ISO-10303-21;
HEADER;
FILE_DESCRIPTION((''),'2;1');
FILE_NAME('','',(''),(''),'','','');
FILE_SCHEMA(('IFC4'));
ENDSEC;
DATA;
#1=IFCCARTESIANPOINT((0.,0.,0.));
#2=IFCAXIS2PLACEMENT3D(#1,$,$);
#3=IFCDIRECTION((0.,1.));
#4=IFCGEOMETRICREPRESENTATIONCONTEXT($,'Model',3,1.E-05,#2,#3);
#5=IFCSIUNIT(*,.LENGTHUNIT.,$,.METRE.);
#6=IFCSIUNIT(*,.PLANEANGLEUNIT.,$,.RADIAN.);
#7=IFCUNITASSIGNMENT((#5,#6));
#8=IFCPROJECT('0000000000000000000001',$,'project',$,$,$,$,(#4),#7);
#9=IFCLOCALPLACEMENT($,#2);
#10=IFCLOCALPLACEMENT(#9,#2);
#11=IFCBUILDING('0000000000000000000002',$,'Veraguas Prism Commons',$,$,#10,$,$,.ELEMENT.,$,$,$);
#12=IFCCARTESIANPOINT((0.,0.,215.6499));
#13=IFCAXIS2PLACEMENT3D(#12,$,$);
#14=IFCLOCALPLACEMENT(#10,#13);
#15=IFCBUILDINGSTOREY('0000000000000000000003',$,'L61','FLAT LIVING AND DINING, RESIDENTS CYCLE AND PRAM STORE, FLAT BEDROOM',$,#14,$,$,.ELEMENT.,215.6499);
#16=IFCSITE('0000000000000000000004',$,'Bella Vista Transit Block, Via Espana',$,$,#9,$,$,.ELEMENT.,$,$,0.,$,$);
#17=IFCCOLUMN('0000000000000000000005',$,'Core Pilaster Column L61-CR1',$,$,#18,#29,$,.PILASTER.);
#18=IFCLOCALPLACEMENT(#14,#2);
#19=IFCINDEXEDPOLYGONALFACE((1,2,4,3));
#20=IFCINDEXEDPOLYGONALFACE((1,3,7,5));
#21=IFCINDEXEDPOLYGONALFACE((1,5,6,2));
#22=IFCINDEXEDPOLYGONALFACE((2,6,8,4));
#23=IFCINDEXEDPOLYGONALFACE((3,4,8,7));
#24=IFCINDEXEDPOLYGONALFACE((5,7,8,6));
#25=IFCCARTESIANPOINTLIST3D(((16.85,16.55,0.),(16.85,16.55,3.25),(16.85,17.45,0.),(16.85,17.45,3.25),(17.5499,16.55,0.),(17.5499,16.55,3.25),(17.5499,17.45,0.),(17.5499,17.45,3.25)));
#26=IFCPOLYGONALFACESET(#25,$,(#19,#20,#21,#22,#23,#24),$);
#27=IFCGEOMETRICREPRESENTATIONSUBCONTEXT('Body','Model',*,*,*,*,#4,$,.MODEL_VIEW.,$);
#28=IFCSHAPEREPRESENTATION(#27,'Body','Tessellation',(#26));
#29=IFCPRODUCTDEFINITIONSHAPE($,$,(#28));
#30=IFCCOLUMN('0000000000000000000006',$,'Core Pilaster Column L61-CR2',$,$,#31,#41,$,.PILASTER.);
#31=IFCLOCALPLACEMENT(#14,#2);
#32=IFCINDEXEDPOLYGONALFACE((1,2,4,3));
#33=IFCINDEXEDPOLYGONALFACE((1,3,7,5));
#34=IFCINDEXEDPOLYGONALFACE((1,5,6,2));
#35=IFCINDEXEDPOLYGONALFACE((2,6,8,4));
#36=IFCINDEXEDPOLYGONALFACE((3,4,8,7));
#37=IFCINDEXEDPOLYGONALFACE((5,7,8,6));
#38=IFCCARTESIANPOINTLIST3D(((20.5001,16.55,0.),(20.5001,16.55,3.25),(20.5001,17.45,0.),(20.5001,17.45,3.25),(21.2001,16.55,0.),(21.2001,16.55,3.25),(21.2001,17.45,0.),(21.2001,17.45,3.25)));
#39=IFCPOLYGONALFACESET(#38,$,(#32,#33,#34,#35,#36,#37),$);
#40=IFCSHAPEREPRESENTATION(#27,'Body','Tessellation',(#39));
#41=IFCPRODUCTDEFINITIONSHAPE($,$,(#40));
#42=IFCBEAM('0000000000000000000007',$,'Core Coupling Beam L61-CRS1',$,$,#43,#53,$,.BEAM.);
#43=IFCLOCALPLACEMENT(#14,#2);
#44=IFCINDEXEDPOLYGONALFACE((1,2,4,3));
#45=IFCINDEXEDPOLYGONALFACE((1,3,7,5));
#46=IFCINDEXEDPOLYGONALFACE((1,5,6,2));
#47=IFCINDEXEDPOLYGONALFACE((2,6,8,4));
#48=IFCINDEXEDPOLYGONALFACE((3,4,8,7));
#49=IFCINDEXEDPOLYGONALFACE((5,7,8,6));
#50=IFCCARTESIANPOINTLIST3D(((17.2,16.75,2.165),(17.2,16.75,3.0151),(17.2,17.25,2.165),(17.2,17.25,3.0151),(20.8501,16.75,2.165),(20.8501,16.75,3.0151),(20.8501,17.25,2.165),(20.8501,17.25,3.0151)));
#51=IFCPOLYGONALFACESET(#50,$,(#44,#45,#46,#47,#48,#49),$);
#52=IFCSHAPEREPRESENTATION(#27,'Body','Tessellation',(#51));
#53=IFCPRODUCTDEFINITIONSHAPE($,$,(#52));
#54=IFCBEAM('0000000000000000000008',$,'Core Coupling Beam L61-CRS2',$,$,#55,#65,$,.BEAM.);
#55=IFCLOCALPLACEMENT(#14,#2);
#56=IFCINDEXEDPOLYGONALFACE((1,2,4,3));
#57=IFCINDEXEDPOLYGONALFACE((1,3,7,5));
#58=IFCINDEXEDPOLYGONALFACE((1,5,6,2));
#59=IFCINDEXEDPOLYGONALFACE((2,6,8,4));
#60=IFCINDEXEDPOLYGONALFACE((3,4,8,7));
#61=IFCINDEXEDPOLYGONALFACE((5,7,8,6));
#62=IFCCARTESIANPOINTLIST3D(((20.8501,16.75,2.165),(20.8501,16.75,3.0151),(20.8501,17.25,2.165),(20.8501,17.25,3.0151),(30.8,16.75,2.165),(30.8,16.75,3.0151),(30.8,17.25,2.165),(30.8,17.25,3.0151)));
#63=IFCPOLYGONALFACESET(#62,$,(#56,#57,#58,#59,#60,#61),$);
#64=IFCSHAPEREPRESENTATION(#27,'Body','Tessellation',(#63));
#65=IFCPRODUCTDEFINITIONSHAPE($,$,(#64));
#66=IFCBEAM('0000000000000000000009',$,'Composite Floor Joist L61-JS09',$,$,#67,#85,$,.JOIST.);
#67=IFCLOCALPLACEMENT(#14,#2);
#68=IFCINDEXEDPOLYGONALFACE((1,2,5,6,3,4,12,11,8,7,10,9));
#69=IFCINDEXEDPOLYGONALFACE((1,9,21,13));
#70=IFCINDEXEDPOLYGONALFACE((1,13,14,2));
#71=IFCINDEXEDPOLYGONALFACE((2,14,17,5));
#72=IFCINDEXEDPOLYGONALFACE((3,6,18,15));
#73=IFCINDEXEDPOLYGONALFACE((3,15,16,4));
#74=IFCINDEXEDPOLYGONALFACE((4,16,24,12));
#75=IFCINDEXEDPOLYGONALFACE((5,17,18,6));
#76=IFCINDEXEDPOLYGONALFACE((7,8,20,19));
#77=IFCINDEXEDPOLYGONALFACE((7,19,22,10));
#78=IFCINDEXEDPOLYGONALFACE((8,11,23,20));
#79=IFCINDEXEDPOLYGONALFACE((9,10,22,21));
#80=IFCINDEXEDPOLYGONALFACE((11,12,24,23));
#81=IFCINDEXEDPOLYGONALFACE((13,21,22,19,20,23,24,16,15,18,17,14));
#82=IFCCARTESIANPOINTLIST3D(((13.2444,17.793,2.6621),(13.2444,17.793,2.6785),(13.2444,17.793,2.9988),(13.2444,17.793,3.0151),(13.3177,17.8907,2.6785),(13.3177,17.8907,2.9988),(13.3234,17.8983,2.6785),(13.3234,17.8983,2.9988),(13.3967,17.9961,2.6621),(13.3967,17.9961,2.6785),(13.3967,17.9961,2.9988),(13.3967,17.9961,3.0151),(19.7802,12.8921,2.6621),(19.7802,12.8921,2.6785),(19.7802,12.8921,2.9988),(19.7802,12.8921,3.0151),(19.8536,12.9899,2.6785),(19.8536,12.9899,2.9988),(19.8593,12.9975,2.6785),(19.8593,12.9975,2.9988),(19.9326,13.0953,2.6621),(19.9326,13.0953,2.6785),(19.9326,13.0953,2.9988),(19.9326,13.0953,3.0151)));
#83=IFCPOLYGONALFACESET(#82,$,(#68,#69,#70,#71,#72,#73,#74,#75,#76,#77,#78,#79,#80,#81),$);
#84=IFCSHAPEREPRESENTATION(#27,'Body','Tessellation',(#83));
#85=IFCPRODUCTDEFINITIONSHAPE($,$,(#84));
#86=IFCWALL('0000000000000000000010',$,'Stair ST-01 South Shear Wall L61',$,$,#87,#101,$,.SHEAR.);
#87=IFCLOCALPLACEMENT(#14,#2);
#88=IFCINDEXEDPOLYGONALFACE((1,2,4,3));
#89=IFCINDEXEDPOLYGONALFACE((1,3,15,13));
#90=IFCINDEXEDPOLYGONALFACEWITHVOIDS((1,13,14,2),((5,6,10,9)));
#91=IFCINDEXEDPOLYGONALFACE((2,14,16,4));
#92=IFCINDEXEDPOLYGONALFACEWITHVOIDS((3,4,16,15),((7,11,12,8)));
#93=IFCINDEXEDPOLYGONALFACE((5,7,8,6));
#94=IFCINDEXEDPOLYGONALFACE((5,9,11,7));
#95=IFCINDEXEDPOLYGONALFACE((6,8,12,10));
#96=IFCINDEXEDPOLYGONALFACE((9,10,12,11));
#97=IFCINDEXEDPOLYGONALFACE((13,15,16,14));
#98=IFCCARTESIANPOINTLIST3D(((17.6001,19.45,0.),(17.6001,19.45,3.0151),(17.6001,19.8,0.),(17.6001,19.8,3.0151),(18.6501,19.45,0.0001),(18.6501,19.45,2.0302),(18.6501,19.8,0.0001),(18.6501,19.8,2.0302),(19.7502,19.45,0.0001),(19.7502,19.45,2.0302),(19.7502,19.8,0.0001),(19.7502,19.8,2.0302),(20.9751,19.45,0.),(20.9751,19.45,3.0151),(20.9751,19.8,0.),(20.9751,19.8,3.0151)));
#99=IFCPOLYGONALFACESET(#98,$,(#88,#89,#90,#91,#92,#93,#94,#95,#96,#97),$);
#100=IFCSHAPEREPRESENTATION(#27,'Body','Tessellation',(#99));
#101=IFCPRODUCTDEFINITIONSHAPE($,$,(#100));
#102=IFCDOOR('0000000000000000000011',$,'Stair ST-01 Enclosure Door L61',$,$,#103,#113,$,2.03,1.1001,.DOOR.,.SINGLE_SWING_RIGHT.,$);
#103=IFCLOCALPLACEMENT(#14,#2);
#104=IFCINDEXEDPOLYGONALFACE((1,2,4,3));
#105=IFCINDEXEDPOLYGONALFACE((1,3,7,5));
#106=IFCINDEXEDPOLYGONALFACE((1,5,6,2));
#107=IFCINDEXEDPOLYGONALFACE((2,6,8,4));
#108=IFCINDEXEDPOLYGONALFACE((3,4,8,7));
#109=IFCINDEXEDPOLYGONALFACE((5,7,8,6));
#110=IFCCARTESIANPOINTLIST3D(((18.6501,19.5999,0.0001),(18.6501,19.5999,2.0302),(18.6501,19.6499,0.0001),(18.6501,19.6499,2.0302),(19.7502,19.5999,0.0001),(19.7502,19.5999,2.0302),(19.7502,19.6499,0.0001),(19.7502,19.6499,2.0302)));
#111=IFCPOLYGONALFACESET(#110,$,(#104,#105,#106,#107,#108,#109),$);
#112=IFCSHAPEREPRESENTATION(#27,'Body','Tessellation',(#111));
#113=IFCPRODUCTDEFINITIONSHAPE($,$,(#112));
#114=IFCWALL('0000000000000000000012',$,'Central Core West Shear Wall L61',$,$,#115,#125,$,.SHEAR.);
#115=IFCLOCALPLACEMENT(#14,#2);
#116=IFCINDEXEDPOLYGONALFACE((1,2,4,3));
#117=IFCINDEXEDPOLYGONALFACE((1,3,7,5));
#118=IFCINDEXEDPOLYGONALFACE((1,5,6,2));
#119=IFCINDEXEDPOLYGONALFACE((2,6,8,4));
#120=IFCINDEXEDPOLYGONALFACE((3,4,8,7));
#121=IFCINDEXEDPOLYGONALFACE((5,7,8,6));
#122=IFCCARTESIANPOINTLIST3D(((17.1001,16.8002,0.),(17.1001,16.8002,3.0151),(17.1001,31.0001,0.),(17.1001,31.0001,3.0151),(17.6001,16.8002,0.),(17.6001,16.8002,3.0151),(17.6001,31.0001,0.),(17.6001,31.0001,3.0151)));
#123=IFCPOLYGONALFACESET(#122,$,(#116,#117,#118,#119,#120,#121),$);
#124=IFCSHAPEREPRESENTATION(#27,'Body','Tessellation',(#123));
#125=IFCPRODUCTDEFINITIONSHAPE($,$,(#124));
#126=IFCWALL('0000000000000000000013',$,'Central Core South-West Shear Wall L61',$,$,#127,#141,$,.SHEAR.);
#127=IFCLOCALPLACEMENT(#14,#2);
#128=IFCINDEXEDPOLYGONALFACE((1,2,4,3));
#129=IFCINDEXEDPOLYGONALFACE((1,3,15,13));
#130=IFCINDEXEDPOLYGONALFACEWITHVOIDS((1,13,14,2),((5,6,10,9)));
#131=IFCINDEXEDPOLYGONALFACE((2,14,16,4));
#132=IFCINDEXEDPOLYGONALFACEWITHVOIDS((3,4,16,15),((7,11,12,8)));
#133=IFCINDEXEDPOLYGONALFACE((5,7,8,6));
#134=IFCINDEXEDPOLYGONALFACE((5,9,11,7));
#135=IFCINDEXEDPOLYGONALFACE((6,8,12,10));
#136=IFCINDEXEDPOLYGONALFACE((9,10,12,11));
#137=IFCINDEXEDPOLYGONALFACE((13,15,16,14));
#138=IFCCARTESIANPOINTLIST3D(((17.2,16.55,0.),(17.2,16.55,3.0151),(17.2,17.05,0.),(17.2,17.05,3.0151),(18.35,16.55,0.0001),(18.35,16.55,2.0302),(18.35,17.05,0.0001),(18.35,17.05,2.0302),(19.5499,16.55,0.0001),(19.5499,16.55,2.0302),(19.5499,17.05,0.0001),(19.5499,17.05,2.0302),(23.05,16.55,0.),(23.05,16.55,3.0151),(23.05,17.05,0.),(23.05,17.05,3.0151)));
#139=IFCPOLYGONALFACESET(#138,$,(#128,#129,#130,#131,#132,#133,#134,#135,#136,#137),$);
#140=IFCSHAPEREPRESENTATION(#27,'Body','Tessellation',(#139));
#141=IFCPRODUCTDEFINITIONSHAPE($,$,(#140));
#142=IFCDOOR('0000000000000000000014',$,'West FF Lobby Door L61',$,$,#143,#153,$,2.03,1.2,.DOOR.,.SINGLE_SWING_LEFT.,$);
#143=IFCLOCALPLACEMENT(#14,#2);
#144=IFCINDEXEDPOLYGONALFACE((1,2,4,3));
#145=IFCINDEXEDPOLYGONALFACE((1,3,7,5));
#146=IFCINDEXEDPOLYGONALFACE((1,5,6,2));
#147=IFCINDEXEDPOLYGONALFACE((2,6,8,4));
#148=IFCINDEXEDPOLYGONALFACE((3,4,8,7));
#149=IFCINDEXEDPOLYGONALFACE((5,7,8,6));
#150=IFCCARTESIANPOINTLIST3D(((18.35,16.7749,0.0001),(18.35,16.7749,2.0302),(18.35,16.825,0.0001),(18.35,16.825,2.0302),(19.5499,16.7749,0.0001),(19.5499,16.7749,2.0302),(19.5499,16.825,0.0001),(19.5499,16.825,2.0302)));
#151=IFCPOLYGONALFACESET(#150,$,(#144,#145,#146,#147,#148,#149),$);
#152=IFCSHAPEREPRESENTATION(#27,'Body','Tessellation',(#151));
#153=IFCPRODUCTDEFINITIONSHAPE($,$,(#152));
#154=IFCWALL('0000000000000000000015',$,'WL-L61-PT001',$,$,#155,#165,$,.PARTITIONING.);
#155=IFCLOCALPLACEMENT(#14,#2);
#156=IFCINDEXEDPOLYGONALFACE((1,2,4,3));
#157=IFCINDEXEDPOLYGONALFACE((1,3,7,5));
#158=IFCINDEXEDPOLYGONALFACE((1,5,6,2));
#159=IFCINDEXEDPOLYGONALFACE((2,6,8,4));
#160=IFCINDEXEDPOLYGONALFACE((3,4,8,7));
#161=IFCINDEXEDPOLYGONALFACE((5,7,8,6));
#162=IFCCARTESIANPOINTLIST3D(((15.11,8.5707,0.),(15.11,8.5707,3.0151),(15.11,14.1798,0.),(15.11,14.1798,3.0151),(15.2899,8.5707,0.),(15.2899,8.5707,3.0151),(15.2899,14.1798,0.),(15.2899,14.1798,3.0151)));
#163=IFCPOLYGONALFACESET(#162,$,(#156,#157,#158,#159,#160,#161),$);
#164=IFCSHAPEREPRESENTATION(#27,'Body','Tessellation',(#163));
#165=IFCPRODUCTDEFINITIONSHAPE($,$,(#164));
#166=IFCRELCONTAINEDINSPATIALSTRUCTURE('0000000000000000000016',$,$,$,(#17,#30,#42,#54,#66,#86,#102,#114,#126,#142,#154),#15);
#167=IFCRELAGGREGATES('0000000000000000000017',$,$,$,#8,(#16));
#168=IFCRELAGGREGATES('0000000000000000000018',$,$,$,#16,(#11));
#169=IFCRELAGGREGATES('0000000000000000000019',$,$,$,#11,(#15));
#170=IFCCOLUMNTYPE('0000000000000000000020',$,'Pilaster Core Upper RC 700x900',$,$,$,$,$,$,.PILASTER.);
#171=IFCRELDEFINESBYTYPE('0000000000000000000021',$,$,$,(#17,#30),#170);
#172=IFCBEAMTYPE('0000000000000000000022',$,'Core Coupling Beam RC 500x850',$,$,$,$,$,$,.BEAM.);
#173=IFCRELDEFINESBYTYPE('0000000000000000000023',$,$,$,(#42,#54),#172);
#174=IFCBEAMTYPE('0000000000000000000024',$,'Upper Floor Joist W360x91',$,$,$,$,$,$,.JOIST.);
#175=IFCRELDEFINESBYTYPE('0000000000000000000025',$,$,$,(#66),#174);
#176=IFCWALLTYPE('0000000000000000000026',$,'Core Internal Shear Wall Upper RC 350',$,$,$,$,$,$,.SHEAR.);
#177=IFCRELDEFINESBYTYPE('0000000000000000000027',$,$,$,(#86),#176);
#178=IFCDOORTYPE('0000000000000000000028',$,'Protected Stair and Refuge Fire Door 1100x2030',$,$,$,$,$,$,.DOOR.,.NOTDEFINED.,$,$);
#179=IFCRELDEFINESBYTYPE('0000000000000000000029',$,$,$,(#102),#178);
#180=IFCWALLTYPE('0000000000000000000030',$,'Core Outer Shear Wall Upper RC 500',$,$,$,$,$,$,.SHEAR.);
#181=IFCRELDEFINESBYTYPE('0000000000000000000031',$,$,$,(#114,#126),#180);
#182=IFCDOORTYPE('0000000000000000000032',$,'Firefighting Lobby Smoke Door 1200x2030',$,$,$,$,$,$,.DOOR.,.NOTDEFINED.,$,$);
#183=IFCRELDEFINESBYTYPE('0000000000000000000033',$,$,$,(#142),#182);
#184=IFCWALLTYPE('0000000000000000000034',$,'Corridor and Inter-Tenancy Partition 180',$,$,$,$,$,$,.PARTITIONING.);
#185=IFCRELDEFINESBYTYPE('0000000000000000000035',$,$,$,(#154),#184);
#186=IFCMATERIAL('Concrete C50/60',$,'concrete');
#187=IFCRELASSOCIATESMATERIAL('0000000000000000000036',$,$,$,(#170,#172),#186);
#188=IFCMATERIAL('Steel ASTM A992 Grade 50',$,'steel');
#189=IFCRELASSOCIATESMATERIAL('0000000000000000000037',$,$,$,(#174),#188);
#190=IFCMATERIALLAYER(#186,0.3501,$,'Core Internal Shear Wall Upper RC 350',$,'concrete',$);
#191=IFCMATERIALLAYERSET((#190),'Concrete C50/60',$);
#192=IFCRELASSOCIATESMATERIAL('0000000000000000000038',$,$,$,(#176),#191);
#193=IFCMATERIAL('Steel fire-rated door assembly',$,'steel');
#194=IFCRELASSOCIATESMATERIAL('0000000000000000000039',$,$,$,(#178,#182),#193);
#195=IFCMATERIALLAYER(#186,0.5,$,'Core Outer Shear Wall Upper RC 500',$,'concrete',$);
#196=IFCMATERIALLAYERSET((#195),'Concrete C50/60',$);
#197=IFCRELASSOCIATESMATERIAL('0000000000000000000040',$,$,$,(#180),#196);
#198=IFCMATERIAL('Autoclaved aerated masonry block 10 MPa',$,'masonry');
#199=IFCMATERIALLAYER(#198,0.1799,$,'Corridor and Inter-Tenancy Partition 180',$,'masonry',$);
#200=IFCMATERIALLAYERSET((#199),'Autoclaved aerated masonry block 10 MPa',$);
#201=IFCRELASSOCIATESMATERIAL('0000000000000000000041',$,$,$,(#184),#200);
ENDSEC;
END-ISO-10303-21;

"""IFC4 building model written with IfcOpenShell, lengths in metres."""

from ifc_helpers import new_model, si_unit, direction, frame, frame_2d, origin, origin_2d, place, context, subcontext, project, spatial, rectangle, i_section, extrude, source, transform, mapped, material, layer, layer_set, material_profile, profile_set, type_object, element, fill, save


model = new_model("IFC4")

# Units and contexts
model_context = context("Model", 3, precision=1e-05, world=origin(), true_north=direction((0.0, 1.0)))
body_context = subcontext(model_context, "Body", "Model", "MODEL_VIEW")
ifc_project = project(units=[si_unit("LENGTHUNIT", "METRE"), si_unit("PLANEANGLEUNIT", "RADIAN")], contexts=[model_context])

# Site, building, storey
site_placement = place(None, origin())
site = spatial("IfcSite", under=ifc_project, at=site_placement, Name="Bella Vista Transit Block, Via Espana", CompositionType="ELEMENT", RefElevation=0.0)
building_placement = place(site_placement, origin())
building = spatial("IfcBuilding", under=site, at=building_placement, Name="Veraguas Prism Commons", CompositionType="ELEMENT")
storey_placement = place(building_placement, frame((0.0, 0.0, 215.6499)))
storey = spatial("IfcBuildingStorey", under=building, at=storey_placement, Name="L61", Description="FLAT LIVING AND DINING, RESIDENTS CYCLE AND PRAM STORE, FLAT BEDROOM", CompositionType="ELEMENT", Elevation=215.6499)

# Columns
ifc_material_1 = material(Name="Concrete C50/60", Category="concrete")
ifc_material_profile_1 = material_profile(ifc_material_1, rectangle(XDim=0.7, YDim=0.8999, at=origin_2d()), Name="RC700X900")
ifc_profile_set_1 = profile_set([ifc_material_profile_1], Name="Concrete C50/60")
column_type = type_object("IfcColumnType", Name="Pilaster Core Upper RC 700x900", PredefinedType="PILASTER", material=ifc_profile_set_1)
for number, where, z_axis, x_axis, name in (
    (1, (17.2, 17.0, 0.0), (0.0, 0.0, 1.0), (1.0, 0.0, 0.0), "Core Pilaster Column L61-CR1"),
    (2, (20.8501, 17.0, 0.0), (0.0, 0.0, 1.0), (1.0, 0.0, 0.0), "Core Pilaster Column L61-CR2"),
):
    element("IfcColumn", number, at=place(storey_placement, frame(where, z_axis=z_axis, x_axis=x_axis)), inside=storey, type_object=column_type, Name=name, PredefinedType="PILASTER", context=body_context, shape_type="SweptSolid", body=[
        extrude(rectangle(XDim=0.7, YDim=0.8999, at=origin_2d()), origin(), (0.0, 0.0, 1.0), 3.25),
    ])

# Beams
ifc_material_profile_2 = material_profile(ifc_material_1, rectangle(XDim=0.5, YDim=0.8501, at=origin_2d()), Name="RC500X850")
ifc_profile_set_2 = profile_set([ifc_material_profile_2], Name="Concrete C50/60")
beam_type_1 = type_object("IfcBeamType", Name="Core Coupling Beam RC 500x850", PredefinedType="BEAM", material=ifc_profile_set_2)
beam_1_placement = place(storey_placement, frame((17.2, 17.0, 2.5901), z_axis=(1.0, 0.0, 0.0), x_axis=(0.0, 1.0, 0.0)))
element("IfcBeam", 3, at=beam_1_placement, inside=storey, type_object=beam_type_1, Name="Core Coupling Beam L61-CRS1", PredefinedType="BEAM", context=body_context, shape_type="SweptSolid", body=[
    extrude(rectangle(XDim=0.5, YDim=0.8501, at=origin_2d()), origin(), (0.0, 0.0, 1.0), 3.6501),
])
beam_2_placement = place(storey_placement, frame((20.8501, 17.0, 2.5901), z_axis=(1.0, 0.0, 0.0), x_axis=(0.0, 1.0, 0.0)))
element("IfcBeam", 4, at=beam_2_placement, inside=storey, type_object=beam_type_1, Name="Core Coupling Beam L61-CRS2", PredefinedType="BEAM", context=body_context, shape_type="SweptSolid", body=[
    extrude(rectangle(XDim=0.5, YDim=0.8501, at=origin_2d()), origin(), (0.0, 0.0, 1.0), 9.95),
])
ifc_material_2 = material(Name="Steel ASTM A992 Grade 50", Category="steel")
ifc_material_profile_3 = material_profile(ifc_material_2, i_section(OverallWidth=0.2539, OverallDepth=0.353, WebThickness=0.0095, FlangeThickness=0.0164, at=origin_2d()), Name="W360X91")
ifc_profile_set_3 = profile_set([ifc_material_profile_3], Name="Steel ASTM A992 Grade 50")
beam_type_2 = type_object("IfcBeamType", Name="Upper Floor Joist W360x91", PredefinedType="JOIST", material=ifc_profile_set_3)
beam_3_placement = place(storey_placement, frame((13.3206, 17.8945, 2.8386), z_axis=(0.800061, -0.599919, 0.0), x_axis=(0.599919, 0.800061, 0.0)))
element("IfcBeam", 5, at=beam_3_placement, inside=storey, type_object=beam_type_2, Name="Composite Floor Joist L61-JS09", PredefinedType="JOIST", context=body_context, shape_type="SweptSolid", body=[
    extrude(i_section(OverallWidth=0.2539, OverallDepth=0.353, WebThickness=0.0095, FlangeThickness=0.0164, at=origin_2d()), origin(), (0.0, 0.0, 1.0), 8.1692),
])

# Wall, opening, door
ifc_layer_1 = layer(ifc_material_1, 0.3501, Name="Core Internal Shear Wall Upper RC 350", Category="concrete")
ifc_layer_set_1 = layer_set([ifc_layer_1], Name="Concrete C50/60")
wall_type_1 = type_object("IfcWallType", Name="Core Internal Shear Wall Upper RC 350", PredefinedType="SHEAR", material=ifc_layer_set_1)
wall_1_placement = place(storey_placement, frame((17.6001, 19.625, 0.0), z_axis=(0.0, 0.0, 1.0), x_axis=(1.0, 0.0, 0.0)))
wall_1 = element("IfcWall", 6, at=wall_1_placement, inside=storey, type_object=wall_type_1, Name="Stair ST-01 South Shear Wall L61", PredefinedType="SHEAR", context=body_context, shape_type="SweptSolid", body=[
    extrude(rectangle(XDim=3.375, YDim=0.3501, at=frame_2d((1.6875, 0.0))), origin(), (0.0, 0.0, 1.0), 3.0151),
])
opening_1_placement = place(wall_1_placement, frame((1.05, 0.0, 0.0)))
opening_1 = element("IfcOpeningElement", 7, at=opening_1_placement, cuts=wall_1, PredefinedType="OPENING", context=body_context, shape_type="SweptSolid", body=[
    extrude(rectangle(XDim=1.1001, YDim=2.03, at=frame_2d((0.55, 1.0151))), frame((0.0, 0.1851, 0.0), z_axis=(0.0, -1.0, 0.0), x_axis=(1.0, 0.0, 0.0)), (0.0, 0.0, 1.0), 0.3701),
])
ifc_material_3 = material(Name="Steel fire-rated door assembly", Category="steel")
door_type_1 = type_object("IfcDoorType", Name="Protected Stair and Refuge Fire Door 1100x2030", OperationType="NOTDEFINED", PredefinedType="DOOR", material=ifc_material_3)
shared_shape_1 = source(origin(), body_context, "Body", "SweptSolid", [
    extrude(rectangle(XDim=1.1001, YDim=2.03, at=frame_2d((0.55, 1.0151))), frame((0.0, 0.0249, 0.0), z_axis=(0.0, -1.0, 0.0), x_axis=(1.0, 0.0, 0.0)), (0.0, 0.0, 1.0), 0.05),
])
door_1_placement = place(opening_1_placement, origin())
door_1 = element("IfcDoor", 8, at=door_1_placement, inside=storey, type_object=door_type_1, Name="Stair ST-01 Enclosure Door L61", OperationType="SINGLE_SWING_RIGHT", OverallHeight=2.03, OverallWidth=1.1001, PredefinedType="DOOR", context=body_context, shape_type="MappedRepresentation", body=[
    mapped(shared_shape_1, transform((0.0, 0.0, 0.0), scale=1.0)),
])
fill(opening_1, door_1)

# Wall
ifc_layer_2 = layer(ifc_material_1, 0.5, Name="Core Outer Shear Wall Upper RC 500", Category="concrete")
ifc_layer_set_2 = layer_set([ifc_layer_2], Name="Concrete C50/60")
wall_type_2 = type_object("IfcWallType", Name="Core Outer Shear Wall Upper RC 500", PredefinedType="SHEAR", material=ifc_layer_set_2)
wall_2_placement = place(storey_placement, frame((17.3501, 16.8, 0.0), z_axis=(0.0, 0.0, 1.0), x_axis=(0.0, 1.0, 0.0)))
element("IfcWall", 9, at=wall_2_placement, inside=storey, type_object=wall_type_2, Name="Central Core West Shear Wall L61", PredefinedType="SHEAR", context=body_context, shape_type="SweptSolid", body=[
    extrude(rectangle(XDim=14.2, YDim=0.5, at=frame_2d((7.1001, 0.0))), origin(), (0.0, 0.0, 1.0), 3.0151),
])

# Wall, opening, door
wall_3_placement = place(storey_placement, frame((17.2, 16.8, 0.0), z_axis=(0.0, 0.0, 1.0), x_axis=(1.0, 0.0, 0.0)))
wall_3 = element("IfcWall", 10, at=wall_3_placement, inside=storey, type_object=wall_type_2, Name="Central Core South-West Shear Wall L61", PredefinedType="SHEAR", context=body_context, shape_type="SweptSolid", body=[
    extrude(rectangle(XDim=5.8501, YDim=0.5, at=frame_2d((2.925, 0.0))), origin(), (0.0, 0.0, 1.0), 3.0151),
])
opening_2_placement = place(wall_3_placement, frame((1.1499, 0.0, 0.0)))
opening_2 = element("IfcOpeningElement", 11, at=opening_2_placement, cuts=wall_3, PredefinedType="OPENING", context=body_context, shape_type="SweptSolid", body=[
    extrude(rectangle(XDim=1.2, YDim=2.03, at=frame_2d((0.6001, 1.0151))), frame((0.0, 0.26, 0.0), z_axis=(0.0, -1.0, 0.0), x_axis=(1.0, 0.0, 0.0)), (0.0, 0.0, 1.0), 0.52),
])
door_type_2 = type_object("IfcDoorType", Name="Firefighting Lobby Smoke Door 1200x2030", OperationType="NOTDEFINED", PredefinedType="DOOR", material=ifc_material_3)
shared_shape_2 = source(origin(), body_context, "Body", "SweptSolid", [
    extrude(rectangle(XDim=1.2, YDim=2.03, at=frame_2d((0.6001, 1.0151))), frame((0.0, 0.0249, 0.0), z_axis=(0.0, -1.0, 0.0), x_axis=(1.0, 0.0, 0.0)), (0.0, 0.0, 1.0), 0.05),
])
door_2_placement = place(opening_2_placement, origin())
door_2 = element("IfcDoor", 12, at=door_2_placement, inside=storey, type_object=door_type_2, Name="West FF Lobby Door L61", OperationType="SINGLE_SWING_LEFT", OverallHeight=2.03, OverallWidth=1.2, PredefinedType="DOOR", context=body_context, shape_type="MappedRepresentation", body=[
    mapped(shared_shape_2, transform((0.0, 0.0, 0.0), scale=1.0)),
])
fill(opening_2, door_2)

# Wall
ifc_material_4 = material(Name="Autoclaved aerated masonry block 10 MPa", Category="masonry")
ifc_layer_3 = layer(ifc_material_4, 0.1799, Name="Corridor and Inter-Tenancy Partition 180", Category="masonry")
ifc_layer_set_3 = layer_set([ifc_layer_3], Name="Autoclaved aerated masonry block 10 MPa")
wall_type_3 = type_object("IfcWallType", Name="Corridor and Inter-Tenancy Partition 180", PredefinedType="PARTITIONING", material=ifc_layer_set_3)
wall_4_placement = place(storey_placement, frame((15.2, 14.1799, 0.0), z_axis=(0.0, 0.0, 1.0), x_axis=(0.0, -1.0, 0.0)))
element("IfcWall", 13, at=wall_4_placement, inside=storey, type_object=wall_type_3, Name="WL-L61-PT001", PredefinedType="PARTITIONING", context=body_context, shape_type="SweptSolid", body=[
    extrude(rectangle(XDim=5.6091, YDim=0.1799, at=frame_2d((2.8047, 0.0))), origin(), (0.0, 0.0, 1.0), 3.0151),
])

save(model, "model.ifc")
